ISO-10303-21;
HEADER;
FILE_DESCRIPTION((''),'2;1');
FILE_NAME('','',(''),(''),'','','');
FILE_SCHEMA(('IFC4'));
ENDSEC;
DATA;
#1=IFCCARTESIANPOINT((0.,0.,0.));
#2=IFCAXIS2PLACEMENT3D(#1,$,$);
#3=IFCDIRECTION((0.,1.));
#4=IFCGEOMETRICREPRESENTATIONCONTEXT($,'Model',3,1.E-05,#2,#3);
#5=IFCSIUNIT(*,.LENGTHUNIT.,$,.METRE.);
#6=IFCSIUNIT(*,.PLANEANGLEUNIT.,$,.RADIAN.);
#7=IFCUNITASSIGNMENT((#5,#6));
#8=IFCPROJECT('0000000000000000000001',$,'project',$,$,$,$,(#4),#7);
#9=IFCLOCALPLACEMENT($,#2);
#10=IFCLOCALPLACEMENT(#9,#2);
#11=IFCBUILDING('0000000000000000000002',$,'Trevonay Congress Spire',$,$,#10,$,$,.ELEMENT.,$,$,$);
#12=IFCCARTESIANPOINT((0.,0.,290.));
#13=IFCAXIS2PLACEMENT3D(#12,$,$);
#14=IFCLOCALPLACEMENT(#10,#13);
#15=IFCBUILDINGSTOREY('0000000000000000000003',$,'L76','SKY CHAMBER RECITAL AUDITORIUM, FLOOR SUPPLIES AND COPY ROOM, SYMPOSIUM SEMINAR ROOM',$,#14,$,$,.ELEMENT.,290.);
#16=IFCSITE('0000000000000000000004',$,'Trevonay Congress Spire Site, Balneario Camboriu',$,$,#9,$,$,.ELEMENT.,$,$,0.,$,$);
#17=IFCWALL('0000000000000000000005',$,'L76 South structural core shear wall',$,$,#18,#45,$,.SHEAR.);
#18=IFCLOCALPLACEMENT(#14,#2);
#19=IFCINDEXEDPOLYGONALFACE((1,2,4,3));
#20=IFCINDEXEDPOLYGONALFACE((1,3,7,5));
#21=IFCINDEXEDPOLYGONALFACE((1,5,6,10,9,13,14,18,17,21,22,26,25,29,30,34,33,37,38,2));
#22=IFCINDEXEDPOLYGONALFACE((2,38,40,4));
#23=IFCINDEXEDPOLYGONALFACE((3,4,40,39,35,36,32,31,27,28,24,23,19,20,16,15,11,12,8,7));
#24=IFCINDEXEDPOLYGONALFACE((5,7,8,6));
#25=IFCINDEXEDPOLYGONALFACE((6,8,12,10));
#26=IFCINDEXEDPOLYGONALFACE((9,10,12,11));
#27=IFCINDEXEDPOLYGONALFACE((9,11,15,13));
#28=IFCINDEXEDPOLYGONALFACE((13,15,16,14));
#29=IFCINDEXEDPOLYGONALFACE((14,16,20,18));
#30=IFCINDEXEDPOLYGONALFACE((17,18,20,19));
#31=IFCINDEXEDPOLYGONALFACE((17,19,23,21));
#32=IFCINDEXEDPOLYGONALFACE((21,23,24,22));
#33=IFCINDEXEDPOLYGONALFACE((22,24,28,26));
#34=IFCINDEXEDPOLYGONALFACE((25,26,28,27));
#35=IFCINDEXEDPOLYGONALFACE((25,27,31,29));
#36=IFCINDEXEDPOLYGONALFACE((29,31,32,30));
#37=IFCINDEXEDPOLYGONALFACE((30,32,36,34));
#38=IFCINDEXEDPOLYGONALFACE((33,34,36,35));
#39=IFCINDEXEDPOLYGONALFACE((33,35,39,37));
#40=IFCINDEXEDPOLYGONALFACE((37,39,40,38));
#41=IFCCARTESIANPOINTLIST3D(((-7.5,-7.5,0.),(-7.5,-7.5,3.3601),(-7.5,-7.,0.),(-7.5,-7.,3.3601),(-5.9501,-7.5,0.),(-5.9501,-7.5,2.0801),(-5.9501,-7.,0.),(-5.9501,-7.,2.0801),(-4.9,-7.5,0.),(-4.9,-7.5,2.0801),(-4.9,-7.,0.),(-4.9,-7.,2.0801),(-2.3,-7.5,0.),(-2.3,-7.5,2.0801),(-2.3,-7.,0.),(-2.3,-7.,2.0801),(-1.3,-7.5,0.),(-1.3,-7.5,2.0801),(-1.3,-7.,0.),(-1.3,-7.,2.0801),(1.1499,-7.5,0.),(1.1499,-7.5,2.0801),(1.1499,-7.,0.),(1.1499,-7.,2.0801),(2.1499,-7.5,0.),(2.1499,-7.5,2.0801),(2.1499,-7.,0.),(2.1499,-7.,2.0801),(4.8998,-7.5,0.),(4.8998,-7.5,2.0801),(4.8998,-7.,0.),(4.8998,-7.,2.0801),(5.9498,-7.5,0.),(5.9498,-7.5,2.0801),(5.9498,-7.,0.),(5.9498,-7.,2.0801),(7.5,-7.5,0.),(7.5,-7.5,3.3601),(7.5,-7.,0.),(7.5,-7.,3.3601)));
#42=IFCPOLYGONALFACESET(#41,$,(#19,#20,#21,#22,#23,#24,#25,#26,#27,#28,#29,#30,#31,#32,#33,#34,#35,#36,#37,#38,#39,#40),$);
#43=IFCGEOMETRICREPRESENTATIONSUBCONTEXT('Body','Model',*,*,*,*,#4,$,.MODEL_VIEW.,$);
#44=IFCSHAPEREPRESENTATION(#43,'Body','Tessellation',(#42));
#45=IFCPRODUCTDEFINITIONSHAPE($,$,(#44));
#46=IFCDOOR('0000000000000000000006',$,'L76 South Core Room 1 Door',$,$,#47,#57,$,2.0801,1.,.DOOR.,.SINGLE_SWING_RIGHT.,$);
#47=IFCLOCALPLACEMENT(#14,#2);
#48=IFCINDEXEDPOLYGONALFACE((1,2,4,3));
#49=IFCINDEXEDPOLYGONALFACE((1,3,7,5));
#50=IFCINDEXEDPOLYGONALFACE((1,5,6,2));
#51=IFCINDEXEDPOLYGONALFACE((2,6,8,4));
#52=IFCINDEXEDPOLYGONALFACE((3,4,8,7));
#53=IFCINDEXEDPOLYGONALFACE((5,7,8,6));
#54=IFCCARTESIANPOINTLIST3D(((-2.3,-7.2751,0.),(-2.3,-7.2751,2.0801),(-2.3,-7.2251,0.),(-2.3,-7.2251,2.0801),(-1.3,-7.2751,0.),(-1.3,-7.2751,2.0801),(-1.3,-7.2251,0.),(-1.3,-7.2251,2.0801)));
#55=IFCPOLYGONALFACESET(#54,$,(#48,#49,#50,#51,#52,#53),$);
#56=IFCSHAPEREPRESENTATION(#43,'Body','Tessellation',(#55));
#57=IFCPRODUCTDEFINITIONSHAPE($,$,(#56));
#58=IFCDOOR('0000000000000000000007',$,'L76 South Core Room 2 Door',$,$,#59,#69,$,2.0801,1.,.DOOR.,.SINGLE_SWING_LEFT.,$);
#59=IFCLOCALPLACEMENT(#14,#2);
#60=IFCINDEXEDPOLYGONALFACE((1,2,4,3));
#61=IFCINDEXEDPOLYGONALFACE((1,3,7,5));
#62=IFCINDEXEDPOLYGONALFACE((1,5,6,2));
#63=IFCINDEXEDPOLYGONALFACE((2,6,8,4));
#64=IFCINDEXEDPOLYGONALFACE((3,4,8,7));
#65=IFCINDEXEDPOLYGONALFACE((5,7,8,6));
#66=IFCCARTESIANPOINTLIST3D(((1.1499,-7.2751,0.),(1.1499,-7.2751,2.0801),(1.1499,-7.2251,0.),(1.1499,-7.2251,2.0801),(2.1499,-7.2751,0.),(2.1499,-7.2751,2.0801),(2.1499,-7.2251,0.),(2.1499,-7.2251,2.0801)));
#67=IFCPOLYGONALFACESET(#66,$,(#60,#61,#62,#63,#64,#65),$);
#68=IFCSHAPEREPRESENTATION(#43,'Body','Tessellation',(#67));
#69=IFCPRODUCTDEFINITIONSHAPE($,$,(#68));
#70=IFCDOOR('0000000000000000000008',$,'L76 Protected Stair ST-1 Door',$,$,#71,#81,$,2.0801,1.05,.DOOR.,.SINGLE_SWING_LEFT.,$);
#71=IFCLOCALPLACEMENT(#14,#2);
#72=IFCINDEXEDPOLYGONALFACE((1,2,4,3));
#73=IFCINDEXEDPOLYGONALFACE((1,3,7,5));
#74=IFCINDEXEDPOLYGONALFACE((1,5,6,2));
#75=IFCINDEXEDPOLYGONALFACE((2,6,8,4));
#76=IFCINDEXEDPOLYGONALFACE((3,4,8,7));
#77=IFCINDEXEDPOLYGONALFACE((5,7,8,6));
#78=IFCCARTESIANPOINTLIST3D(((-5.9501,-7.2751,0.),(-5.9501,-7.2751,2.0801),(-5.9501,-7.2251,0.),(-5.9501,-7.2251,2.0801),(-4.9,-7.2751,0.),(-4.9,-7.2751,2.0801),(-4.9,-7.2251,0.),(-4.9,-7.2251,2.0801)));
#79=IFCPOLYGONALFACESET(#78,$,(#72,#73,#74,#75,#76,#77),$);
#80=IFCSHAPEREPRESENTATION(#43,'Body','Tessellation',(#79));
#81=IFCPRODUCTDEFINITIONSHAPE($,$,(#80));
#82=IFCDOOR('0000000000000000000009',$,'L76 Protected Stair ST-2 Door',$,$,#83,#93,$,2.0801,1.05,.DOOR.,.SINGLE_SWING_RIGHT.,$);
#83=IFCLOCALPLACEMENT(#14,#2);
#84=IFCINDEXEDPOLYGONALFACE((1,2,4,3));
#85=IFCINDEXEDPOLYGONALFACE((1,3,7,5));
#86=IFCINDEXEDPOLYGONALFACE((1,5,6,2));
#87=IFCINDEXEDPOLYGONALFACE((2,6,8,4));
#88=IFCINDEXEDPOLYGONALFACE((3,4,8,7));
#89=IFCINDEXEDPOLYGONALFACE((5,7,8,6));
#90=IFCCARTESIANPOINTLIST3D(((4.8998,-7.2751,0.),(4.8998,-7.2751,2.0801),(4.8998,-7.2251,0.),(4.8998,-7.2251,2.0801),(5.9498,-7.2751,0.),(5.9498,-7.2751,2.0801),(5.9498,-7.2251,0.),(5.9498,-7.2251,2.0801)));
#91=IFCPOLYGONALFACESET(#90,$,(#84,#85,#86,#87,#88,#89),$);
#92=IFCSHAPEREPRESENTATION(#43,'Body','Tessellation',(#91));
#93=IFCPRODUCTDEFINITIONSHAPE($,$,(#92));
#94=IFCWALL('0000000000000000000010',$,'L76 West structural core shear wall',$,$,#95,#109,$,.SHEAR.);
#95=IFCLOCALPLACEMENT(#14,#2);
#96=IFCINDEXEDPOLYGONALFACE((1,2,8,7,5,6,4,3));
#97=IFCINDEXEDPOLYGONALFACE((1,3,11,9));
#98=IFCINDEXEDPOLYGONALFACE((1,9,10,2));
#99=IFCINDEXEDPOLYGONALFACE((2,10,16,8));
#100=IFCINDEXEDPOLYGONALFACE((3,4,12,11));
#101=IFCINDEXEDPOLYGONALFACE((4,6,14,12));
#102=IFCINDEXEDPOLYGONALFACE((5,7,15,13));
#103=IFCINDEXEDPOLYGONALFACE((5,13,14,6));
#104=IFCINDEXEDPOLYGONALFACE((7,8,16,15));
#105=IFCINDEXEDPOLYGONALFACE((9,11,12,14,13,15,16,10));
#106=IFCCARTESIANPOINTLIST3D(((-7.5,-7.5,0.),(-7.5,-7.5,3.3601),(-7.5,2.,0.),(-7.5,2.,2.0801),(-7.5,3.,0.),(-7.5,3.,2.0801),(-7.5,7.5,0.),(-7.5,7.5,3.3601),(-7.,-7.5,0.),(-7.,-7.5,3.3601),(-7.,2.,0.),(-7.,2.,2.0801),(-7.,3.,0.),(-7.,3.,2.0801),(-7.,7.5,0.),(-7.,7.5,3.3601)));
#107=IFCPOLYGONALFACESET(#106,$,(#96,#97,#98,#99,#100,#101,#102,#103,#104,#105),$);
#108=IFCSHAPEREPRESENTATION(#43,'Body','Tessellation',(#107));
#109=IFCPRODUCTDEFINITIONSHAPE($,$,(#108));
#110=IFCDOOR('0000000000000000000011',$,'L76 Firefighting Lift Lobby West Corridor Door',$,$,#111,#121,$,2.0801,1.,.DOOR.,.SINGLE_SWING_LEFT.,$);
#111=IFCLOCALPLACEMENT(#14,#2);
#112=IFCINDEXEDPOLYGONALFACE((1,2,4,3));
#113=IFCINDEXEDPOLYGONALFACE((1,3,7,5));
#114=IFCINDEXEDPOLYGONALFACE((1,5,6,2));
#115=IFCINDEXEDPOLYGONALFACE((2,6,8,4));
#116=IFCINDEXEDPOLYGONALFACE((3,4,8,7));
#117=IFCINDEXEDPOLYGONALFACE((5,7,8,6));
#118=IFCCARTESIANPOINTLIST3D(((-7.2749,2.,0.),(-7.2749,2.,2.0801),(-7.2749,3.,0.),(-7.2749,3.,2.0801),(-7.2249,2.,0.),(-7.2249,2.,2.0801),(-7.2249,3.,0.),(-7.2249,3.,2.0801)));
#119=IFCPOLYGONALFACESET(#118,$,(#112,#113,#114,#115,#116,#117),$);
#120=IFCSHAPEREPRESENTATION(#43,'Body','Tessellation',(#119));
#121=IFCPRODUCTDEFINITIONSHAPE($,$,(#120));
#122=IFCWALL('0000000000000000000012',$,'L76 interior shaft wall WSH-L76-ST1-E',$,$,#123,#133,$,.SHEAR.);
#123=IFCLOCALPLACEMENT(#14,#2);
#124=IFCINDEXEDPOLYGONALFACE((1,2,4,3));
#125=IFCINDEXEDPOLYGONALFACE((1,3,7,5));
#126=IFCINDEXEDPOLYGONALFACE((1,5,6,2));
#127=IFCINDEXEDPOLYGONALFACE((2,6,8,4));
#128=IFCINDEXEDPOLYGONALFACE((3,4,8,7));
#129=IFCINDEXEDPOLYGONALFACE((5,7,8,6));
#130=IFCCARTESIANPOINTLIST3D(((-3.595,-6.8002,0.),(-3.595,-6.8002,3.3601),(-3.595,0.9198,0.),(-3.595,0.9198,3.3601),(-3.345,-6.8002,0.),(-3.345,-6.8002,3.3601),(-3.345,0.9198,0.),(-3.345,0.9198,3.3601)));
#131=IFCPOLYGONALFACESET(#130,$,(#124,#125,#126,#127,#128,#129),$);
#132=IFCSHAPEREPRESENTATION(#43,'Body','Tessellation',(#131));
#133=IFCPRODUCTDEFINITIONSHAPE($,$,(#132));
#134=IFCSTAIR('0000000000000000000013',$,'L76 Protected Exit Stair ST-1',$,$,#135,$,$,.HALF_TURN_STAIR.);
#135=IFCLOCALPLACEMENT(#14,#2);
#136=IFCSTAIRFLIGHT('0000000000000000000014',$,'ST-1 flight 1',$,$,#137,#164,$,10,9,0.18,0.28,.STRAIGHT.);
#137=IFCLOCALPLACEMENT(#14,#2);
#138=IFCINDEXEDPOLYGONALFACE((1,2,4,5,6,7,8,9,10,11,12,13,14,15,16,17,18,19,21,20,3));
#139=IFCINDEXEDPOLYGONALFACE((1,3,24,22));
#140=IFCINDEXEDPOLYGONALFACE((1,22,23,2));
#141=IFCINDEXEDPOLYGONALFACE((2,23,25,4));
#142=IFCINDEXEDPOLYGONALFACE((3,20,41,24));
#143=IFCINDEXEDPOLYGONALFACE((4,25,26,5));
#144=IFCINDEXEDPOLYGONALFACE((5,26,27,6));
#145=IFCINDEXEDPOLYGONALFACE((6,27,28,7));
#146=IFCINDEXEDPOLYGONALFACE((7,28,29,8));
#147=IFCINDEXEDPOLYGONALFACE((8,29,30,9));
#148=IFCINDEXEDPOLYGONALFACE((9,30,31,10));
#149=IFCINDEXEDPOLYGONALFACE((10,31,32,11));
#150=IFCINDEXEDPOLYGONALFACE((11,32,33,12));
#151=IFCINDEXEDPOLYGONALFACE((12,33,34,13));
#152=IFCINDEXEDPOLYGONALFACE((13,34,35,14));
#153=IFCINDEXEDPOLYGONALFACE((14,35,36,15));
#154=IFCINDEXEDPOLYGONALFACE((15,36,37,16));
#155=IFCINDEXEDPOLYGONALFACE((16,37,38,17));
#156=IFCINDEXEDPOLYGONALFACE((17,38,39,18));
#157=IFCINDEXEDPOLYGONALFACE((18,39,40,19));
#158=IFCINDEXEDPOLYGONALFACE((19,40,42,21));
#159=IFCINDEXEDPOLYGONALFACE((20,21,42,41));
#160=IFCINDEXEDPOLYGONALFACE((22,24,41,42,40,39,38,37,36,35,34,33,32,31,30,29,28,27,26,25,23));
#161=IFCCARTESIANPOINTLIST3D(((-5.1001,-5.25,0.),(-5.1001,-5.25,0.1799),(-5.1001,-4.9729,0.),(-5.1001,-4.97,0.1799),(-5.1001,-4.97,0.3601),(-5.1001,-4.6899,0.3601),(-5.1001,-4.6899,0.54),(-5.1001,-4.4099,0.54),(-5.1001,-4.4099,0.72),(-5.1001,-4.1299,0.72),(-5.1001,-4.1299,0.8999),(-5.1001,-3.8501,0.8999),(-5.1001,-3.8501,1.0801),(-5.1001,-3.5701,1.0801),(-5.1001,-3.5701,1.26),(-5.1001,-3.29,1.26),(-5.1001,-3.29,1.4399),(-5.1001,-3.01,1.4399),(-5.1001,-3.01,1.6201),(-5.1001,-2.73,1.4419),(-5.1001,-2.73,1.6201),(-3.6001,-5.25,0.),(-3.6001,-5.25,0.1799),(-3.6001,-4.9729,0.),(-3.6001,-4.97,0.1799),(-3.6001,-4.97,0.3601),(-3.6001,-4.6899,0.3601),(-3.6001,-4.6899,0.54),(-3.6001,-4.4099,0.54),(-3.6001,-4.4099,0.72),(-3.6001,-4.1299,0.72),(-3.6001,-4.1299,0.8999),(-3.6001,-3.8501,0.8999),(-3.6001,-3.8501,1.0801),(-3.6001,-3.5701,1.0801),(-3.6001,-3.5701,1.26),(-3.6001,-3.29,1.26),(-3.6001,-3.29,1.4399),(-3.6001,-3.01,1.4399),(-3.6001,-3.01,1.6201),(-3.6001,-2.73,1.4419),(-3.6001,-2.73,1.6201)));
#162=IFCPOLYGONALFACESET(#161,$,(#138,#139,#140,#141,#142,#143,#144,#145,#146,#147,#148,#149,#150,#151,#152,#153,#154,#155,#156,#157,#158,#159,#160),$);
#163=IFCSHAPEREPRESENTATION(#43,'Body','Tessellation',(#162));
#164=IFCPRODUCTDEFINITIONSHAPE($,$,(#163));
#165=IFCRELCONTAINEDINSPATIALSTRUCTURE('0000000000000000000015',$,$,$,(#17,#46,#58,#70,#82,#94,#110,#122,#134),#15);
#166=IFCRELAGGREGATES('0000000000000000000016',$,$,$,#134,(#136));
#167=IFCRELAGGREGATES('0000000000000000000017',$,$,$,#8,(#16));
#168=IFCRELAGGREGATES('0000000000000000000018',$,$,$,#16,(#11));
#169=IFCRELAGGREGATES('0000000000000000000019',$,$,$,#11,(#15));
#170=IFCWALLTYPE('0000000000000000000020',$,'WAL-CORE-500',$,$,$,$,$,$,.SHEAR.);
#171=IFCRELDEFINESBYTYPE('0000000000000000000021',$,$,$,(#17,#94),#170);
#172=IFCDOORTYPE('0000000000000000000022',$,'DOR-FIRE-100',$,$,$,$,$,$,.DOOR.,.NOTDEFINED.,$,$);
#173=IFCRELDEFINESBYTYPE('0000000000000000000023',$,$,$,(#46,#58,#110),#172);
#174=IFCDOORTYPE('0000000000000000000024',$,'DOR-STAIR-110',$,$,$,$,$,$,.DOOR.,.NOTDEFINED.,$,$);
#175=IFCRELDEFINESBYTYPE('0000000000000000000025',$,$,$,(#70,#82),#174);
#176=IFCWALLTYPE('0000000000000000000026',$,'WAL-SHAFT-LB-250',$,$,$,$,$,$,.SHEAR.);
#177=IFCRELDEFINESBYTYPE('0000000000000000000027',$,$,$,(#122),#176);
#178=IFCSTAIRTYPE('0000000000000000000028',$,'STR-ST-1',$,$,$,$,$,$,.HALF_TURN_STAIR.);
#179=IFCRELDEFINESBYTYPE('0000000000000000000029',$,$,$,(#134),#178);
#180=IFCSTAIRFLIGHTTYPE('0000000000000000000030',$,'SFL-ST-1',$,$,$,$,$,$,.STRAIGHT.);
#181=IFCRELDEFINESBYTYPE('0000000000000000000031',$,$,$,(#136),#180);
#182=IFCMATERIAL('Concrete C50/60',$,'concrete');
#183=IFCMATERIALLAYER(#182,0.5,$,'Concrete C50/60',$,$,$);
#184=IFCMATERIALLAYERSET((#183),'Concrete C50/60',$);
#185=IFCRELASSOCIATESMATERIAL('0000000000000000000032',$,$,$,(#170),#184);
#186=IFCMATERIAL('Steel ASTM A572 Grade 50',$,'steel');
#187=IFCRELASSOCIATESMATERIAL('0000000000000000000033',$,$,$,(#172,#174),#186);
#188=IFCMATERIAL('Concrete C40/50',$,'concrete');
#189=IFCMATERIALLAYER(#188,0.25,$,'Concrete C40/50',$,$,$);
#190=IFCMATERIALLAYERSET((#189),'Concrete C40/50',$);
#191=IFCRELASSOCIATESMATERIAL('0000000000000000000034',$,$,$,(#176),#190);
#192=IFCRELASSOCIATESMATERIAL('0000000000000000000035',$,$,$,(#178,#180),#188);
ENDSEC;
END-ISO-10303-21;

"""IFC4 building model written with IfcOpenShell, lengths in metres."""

from ifc_helpers import new_model, si_unit, direction, frame, frame_2d, origin, place, context, subcontext, project, spatial, polyline, rectangle, outline, extrude, material, layer, layer_set, type_object, element, fill, aggregate, save


model = new_model("IFC4")

# Units and contexts
model_context = context("Model", 3, precision=1e-05, world=origin(), true_north=direction((0.0, 1.0)))
body_context = subcontext(model_context, "Body", "Model", "MODEL_VIEW")
ifc_project = project(units=[si_unit("LENGTHUNIT", "METRE"), si_unit("PLANEANGLEUNIT", "RADIAN")], contexts=[model_context])

# Site, building, storey
site_placement = place(None, origin())
site = spatial("IfcSite", under=ifc_project, at=site_placement, Name="Trevonay Congress Spire Site, Balneario Camboriu", CompositionType="ELEMENT", RefElevation=0.0)
building_placement = place(site_placement, origin())
building = spatial("IfcBuilding", under=site, at=building_placement, Name="Trevonay Congress Spire", CompositionType="ELEMENT")
storey_placement = place(building_placement, frame((0.0, 0.0, 290.0)))
storey = spatial("IfcBuildingStorey", under=building, at=storey_placement, Name="L76", Description="SKY CHAMBER RECITAL AUDITORIUM, FLOOR SUPPLIES AND COPY ROOM, SYMPOSIUM SEMINAR ROOM", CompositionType="ELEMENT", Elevation=290.0)

# Shared definitions
ifc_material_1 = material(Name="Steel ASTM A572 Grade 50", Category="steel")

# Wall, openings, doors
ifc_material_2 = material(Name="Concrete C50/60", Category="concrete")
ifc_layer_1 = layer(ifc_material_2, 0.5, Name="Concrete C50/60")
ifc_layer_set_1 = layer_set([ifc_layer_1], Name="Concrete C50/60")
wall_type_1 = type_object("IfcWallType", Name="WAL-CORE-500", PredefinedType="SHEAR", material=ifc_layer_set_1)
wall_1_placement = place(storey_placement, frame((-7.5, -7.25, 0.0), z_axis=(0.0, 0.0, 1.0), x_axis=(1.0, 0.0, 0.0)))
wall_1 = element("IfcWall", 1, at=wall_1_placement, inside=storey, type_object=wall_type_1, Name="L76 South structural core shear wall", PredefinedType="SHEAR", context=body_context, shape_type="SweptSolid", body=[
    extrude(rectangle(XDim=15.0, YDim=0.5, at=frame_2d((7.5, 0.0))), origin(), (0.0, 0.0, 1.0), 3.3601),
])
opening_1_placement = place(wall_1_placement, frame((1.55, 0.0, 0.0)))
opening_1 = element("IfcOpeningElement", 2, at=opening_1_placement, cuts=wall_1, PredefinedType="OPENING", context=body_context, shape_type="SweptSolid", body=[
    extrude(rectangle(XDim=1.05, YDim=2.0801, at=frame_2d((0.5249, 1.04))), frame((0.0, 0.26, 0.0), z_axis=(0.0, -1.0, 0.0), x_axis=(1.0, 0.0, 0.0)), (0.0, 0.0, 1.0), 0.52),
])
opening_2_placement = place(wall_1_placement, frame((12.3999, 0.0, 0.0)))
opening_2 = element("IfcOpeningElement", 3, at=opening_2_placement, cuts=wall_1, PredefinedType="OPENING", context=body_context, shape_type="SweptSolid", body=[
    extrude(rectangle(XDim=1.05, YDim=2.0801, at=frame_2d((0.5249, 1.04))), frame((0.0, 0.26, 0.0), z_axis=(0.0, -1.0, 0.0), x_axis=(1.0, 0.0, 0.0)), (0.0, 0.0, 1.0), 0.52),
])
opening_3_placement = place(wall_1_placement, frame((5.2, 0.0, 0.0)))
opening_3 = element("IfcOpeningElement", 4, at=opening_3_placement, cuts=wall_1, PredefinedType="OPENING", context=body_context, shape_type="SweptSolid", body=[
    extrude(rectangle(XDim=1.0, YDim=2.0801, at=frame_2d((0.5, 1.04))), frame((0.0, 0.26, 0.0), z_axis=(0.0, -1.0, 0.0), x_axis=(1.0, 0.0, 0.0)), (0.0, 0.0, 1.0), 0.52),
])
opening_4_placement = place(wall_1_placement, frame((8.6499, 0.0, 0.0)))
opening_4 = element("IfcOpeningElement", 5, at=opening_4_placement, cuts=wall_1, PredefinedType="OPENING", context=body_context, shape_type="SweptSolid", body=[
    extrude(rectangle(XDim=1.0, YDim=2.0801, at=frame_2d((0.5, 1.04))), frame((0.0, 0.26, 0.0), z_axis=(0.0, -1.0, 0.0), x_axis=(1.0, 0.0, 0.0)), (0.0, 0.0, 1.0), 0.52),
])
door_type_1 = type_object("IfcDoorType", Name="DOR-FIRE-100", OperationType="NOTDEFINED", PredefinedType="DOOR", material=ifc_material_1)
door_1_placement = place(opening_3_placement, origin())
door_1 = element("IfcDoor", 6, at=door_1_placement, inside=storey, type_object=door_type_1, Name="L76 South Core Room 1 Door", OperationType="SINGLE_SWING_RIGHT", OverallHeight=2.0801, OverallWidth=1.0, PredefinedType="DOOR", context=body_context, shape_type="SweptSolid", body=[
    extrude(rectangle(XDim=1.0, YDim=2.0801, at=frame_2d((0.5, 1.04))), frame((0.0, 0.0249, 0.0), z_axis=(0.0, -1.0, 0.0), x_axis=(1.0, 0.0, 0.0)), (0.0, 0.0, 1.0), 0.05),
])
fill(opening_3, door_1)
door_2_placement = place(opening_4_placement, origin())
door_2 = element("IfcDoor", 7, at=door_2_placement, inside=storey, type_object=door_type_1, Name="L76 South Core Room 2 Door", OperationType="SINGLE_SWING_LEFT", OverallHeight=2.0801, OverallWidth=1.0, PredefinedType="DOOR", context=body_context, shape_type="SweptSolid", body=[
    extrude(rectangle(XDim=1.0, YDim=2.0801, at=frame_2d((0.5, 1.04))), frame((0.0, 0.0249, 0.0), z_axis=(0.0, -1.0, 0.0), x_axis=(1.0, 0.0, 0.0)), (0.0, 0.0, 1.0), 0.05),
])
fill(opening_4, door_2)
door_type_2 = type_object("IfcDoorType", Name="DOR-STAIR-110", OperationType="NOTDEFINED", PredefinedType="DOOR", material=ifc_material_1)
door_3_placement = place(opening_1_placement, origin())
door_3 = element("IfcDoor", 8, at=door_3_placement, inside=storey, type_object=door_type_2, Name="L76 Protected Stair ST-1 Door", OperationType="SINGLE_SWING_LEFT", OverallHeight=2.0801, OverallWidth=1.05, PredefinedType="DOOR", context=body_context, shape_type="SweptSolid", body=[
    extrude(rectangle(XDim=1.05, YDim=2.0801, at=frame_2d((0.5249, 1.04))), frame((0.0, 0.0249, 0.0), z_axis=(0.0, -1.0, 0.0), x_axis=(1.0, 0.0, 0.0)), (0.0, 0.0, 1.0), 0.05),
])
fill(opening_1, door_3)
door_4_placement = place(opening_2_placement, origin())
door_4 = element("IfcDoor", 9, at=door_4_placement, inside=storey, type_object=door_type_2, Name="L76 Protected Stair ST-2 Door", OperationType="SINGLE_SWING_RIGHT", OverallHeight=2.0801, OverallWidth=1.05, PredefinedType="DOOR", context=body_context, shape_type="SweptSolid", body=[
    extrude(rectangle(XDim=1.05, YDim=2.0801, at=frame_2d((0.5249, 1.04))), frame((0.0, 0.0249, 0.0), z_axis=(0.0, -1.0, 0.0), x_axis=(1.0, 0.0, 0.0)), (0.0, 0.0, 1.0), 0.05),
])
fill(opening_2, door_4)

# Wall, opening, door
wall_2_placement = place(storey_placement, frame((-7.25, -7.5, 0.0), z_axis=(0.0, 0.0, 1.0), x_axis=(0.0, 1.0, 0.0)))
wall_2 = element("IfcWall", 10, at=wall_2_placement, inside=storey, type_object=wall_type_1, Name="L76 West structural core shear wall", PredefinedType="SHEAR", context=body_context, shape_type="SweptSolid", body=[
    extrude(rectangle(XDim=15.0, YDim=0.5, at=frame_2d((7.5, 0.0))), origin(), (0.0, 0.0, 1.0), 3.3601),
])
opening_5_placement = place(wall_2_placement, frame((9.5, 0.0, 0.0)))
opening_5 = element("IfcOpeningElement", 11, at=opening_5_placement, cuts=wall_2, PredefinedType="OPENING", context=body_context, shape_type="SweptSolid", body=[
    extrude(rectangle(XDim=1.0, YDim=2.0801, at=frame_2d((0.5, 1.04))), frame((0.0, 0.26, 0.0), z_axis=(0.0, -1.0, 0.0), x_axis=(1.0, 0.0, 0.0)), (0.0, 0.0, 1.0), 0.52),
])
door_5_placement = place(opening_5_placement, origin())
door_5 = element("IfcDoor", 12, at=door_5_placement, inside=storey, type_object=door_type_1, Name="L76 Firefighting Lift Lobby West Corridor Door", OperationType="SINGLE_SWING_LEFT", OverallHeight=2.0801, OverallWidth=1.0, PredefinedType="DOOR", context=body_context, shape_type="SweptSolid", body=[
    extrude(rectangle(XDim=1.0, YDim=2.0801, at=frame_2d((0.5, 1.04))), frame((0.0, 0.0249, 0.0), z_axis=(0.0, -1.0, 0.0), x_axis=(1.0, 0.0, 0.0)), (0.0, 0.0, 1.0), 0.05),
])
fill(opening_5, door_5)

# Wall
ifc_material_3 = material(Name="Concrete C40/50", Category="concrete")
ifc_layer_2 = layer(ifc_material_3, 0.25, Name="Concrete C40/50")
ifc_layer_set_2 = layer_set([ifc_layer_2], Name="Concrete C40/50")
wall_type_2 = type_object("IfcWallType", Name="WAL-SHAFT-LB-250", PredefinedType="SHEAR", material=ifc_layer_set_2)
wall_3_placement = place(storey_placement, frame((-3.47, -6.8, 0.0), z_axis=(0.0, 0.0, 1.0), x_axis=(0.0, 1.0, 0.0)))
element("IfcWall", 13, at=wall_3_placement, inside=storey, type_object=wall_type_2, Name="L76 interior shaft wall WSH-L76-ST1-E", PredefinedType="SHEAR", context=body_context, shape_type="SweptSolid", body=[
    extrude(rectangle(XDim=7.72, YDim=0.25, at=frame_2d((3.8599, 0.0))), origin(), (0.0, 0.0, 1.0), 3.3601),
])

# Stair, stair flight
stair_type = type_object("IfcStairType", Name="STR-ST-1", PredefinedType="HALF_TURN_STAIR", material=ifc_material_3)
stair_placement = place(storey_placement, origin())
stair = element("IfcStair", 14, at=stair_placement, inside=storey, type_object=stair_type, Name="L76 Protected Exit Stair ST-1", PredefinedType="HALF_TURN_STAIR")
stair_flight_type = type_object("IfcStairFlightType", Name="SFL-ST-1", PredefinedType="STRAIGHT", material=ifc_material_3)
stair_flight_1_placement = place(storey_placement, frame((-4.3501, -5.25, 0.0), z_axis=(0.0, 0.0, 1.0), x_axis=(0.0, 1.0, 0.0)))
stair_flight_1 = element("IfcStairFlight", 15, at=stair_flight_1_placement, type_object=stair_flight_type, Name="ST-1 flight 1", NumberOfRisers=10, NumberOfTreads=9, PredefinedType="STRAIGHT", RiserHeight=0.18, TreadLength=0.28, context=body_context, shape_type="SweptSolid", body=[
    extrude(outline(polyline([(0.0, 0.0), (0.0, 0.1799), (0.28, 0.1799), (0.28, 0.3601), (0.5601, 0.3601), (0.5601, 0.54), (0.8401, 0.54), (0.8401, 0.72), (1.1201, 0.72), (1.1201, 0.8999), (1.3999, 0.8999), (1.3999, 1.0801), (1.6799, 1.0801), (1.6799, 1.26), (1.96, 1.26), (1.96, 1.4399), (2.24, 1.4399), (2.24, 1.6201), (2.52, 1.6201), (2.52, 1.8), (2.52, 1.4419), (0.2771, 0.0), (0.0, 0.0)])), frame((0.0, 0.75, 0.0), z_axis=(0.0, -1.0, 0.0), x_axis=(1.0, 0.0, 0.0)), (0.0, 0.0, 1.0), 1.5),
])
aggregate(stair, [stair_flight_1])

save(model, "model.ifc")
